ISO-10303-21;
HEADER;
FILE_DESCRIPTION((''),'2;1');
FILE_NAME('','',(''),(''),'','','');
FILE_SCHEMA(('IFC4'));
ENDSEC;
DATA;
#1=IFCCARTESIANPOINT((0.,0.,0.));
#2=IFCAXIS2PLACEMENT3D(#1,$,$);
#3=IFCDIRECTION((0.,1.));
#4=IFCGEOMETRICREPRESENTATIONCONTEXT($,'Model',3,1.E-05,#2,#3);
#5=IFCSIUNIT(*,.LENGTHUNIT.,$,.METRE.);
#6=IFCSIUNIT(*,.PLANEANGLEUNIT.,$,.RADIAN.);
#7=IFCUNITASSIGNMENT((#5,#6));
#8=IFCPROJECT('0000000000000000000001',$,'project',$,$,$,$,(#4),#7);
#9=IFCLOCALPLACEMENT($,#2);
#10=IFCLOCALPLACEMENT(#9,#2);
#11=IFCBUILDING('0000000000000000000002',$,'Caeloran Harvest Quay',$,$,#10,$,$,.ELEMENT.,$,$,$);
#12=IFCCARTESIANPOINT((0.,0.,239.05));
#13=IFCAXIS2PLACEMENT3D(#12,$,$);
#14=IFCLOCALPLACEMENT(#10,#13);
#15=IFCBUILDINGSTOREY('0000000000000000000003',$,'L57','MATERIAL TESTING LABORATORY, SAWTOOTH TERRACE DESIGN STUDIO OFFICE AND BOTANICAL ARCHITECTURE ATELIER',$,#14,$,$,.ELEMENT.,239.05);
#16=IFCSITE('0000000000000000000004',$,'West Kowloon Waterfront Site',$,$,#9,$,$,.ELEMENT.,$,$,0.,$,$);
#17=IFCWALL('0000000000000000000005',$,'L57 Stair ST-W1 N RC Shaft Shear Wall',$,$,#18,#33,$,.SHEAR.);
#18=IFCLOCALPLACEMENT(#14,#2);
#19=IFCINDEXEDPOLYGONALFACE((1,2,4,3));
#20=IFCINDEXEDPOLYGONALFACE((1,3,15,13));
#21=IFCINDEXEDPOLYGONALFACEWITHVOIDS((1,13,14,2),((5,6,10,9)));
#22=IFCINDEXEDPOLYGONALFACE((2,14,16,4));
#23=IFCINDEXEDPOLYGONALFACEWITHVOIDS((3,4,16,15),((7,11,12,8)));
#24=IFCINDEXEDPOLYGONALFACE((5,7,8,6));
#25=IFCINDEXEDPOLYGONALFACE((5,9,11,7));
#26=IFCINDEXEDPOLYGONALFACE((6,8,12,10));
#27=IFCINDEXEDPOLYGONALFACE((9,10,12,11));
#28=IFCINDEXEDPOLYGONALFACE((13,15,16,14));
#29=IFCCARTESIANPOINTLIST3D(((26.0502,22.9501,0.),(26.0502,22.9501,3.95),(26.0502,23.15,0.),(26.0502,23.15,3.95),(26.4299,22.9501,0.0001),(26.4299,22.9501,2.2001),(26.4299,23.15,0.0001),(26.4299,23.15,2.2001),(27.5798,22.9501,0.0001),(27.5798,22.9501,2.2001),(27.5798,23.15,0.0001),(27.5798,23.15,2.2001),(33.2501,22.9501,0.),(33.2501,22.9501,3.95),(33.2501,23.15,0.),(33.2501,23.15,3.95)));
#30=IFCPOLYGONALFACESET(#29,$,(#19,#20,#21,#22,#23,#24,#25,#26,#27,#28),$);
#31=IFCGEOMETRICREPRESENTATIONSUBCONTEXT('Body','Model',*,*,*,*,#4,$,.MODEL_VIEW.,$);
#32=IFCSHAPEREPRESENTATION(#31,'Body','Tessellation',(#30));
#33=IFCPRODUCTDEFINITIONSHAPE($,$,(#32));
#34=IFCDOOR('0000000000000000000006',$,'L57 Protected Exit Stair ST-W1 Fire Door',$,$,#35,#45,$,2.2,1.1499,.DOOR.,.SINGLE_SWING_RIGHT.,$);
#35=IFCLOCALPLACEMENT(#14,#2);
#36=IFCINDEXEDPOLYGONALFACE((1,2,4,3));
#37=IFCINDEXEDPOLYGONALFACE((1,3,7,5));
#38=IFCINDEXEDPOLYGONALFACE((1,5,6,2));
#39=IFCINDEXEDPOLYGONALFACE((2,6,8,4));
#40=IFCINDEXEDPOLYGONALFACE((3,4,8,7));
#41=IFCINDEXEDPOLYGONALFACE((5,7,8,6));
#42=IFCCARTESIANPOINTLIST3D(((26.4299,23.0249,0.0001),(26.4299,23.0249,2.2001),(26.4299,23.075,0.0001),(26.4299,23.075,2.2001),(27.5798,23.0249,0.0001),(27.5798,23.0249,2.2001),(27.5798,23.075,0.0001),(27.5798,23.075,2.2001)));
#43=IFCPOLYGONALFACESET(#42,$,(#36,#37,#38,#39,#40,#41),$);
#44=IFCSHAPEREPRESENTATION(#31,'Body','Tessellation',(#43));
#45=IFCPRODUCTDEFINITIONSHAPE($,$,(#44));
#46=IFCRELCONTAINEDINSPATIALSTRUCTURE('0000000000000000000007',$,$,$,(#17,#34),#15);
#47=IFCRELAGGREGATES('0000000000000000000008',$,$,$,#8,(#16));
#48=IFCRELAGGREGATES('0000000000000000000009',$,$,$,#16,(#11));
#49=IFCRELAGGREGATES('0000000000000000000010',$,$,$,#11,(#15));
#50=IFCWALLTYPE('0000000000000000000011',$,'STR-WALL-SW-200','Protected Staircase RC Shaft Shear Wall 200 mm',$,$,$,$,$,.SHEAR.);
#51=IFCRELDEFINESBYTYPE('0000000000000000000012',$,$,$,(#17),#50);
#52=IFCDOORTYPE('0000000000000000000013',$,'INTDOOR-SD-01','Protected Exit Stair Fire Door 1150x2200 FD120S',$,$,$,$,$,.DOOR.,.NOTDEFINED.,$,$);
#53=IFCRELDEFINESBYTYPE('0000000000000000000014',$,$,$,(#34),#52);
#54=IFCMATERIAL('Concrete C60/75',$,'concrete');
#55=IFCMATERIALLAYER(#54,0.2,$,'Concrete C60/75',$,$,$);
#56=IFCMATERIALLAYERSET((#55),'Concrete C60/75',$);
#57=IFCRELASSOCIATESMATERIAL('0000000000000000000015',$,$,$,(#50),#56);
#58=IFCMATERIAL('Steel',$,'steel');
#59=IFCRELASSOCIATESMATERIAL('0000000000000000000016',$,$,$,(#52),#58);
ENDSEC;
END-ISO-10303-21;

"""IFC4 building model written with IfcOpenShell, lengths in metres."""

from ifc_helpers import new_model, si_unit, direction, frame, frame_2d, origin, place, context, subcontext, project, spatial, rectangle, extrude, material, layer, layer_set, type_object, element, fill, save


model = new_model("IFC4")

# Units and contexts
model_context = context("Model", 3, precision=1e-05, world=origin(), true_north=direction((0.0, 1.0)))
body_context = subcontext(model_context, "Body", "Model", "MODEL_VIEW")
ifc_project = project(units=[si_unit("LENGTHUNIT", "METRE"), si_unit("PLANEANGLEUNIT", "RADIAN")], contexts=[model_context])

# Site, building, storey
site_placement = place(None, origin())
site = spatial("IfcSite", under=ifc_project, at=site_placement, Name="West Kowloon Waterfront Site", CompositionType="ELEMENT", RefElevation=0.0)
building_placement = place(site_placement, origin())
building = spatial("IfcBuilding", under=site, at=building_placement, Name="Caeloran Harvest Quay", CompositionType="ELEMENT")
storey_placement = place(building_placement, frame((0.0, 0.0, 239.05)))
storey = spatial("IfcBuildingStorey", under=building, at=storey_placement, Name="L57", Description="MATERIAL TESTING LABORATORY, SAWTOOTH TERRACE DESIGN STUDIO OFFICE AND BOTANICAL ARCHITECTURE ATELIER", CompositionType="ELEMENT", Elevation=239.05)

# Wall, opening, door
ifc_material_1 = material(Name="Concrete C60/75", Category="concrete")
ifc_layer_1 = layer(ifc_material_1, 0.2, Name="Concrete C60/75")
ifc_layer_set_1 = layer_set([ifc_layer_1], Name="Concrete C60/75")
wall_type_1 = type_object("IfcWallType", Name="STR-WALL-SW-200", Description="Protected Staircase RC Shaft Shear Wall 200 mm", PredefinedType="SHEAR", material=ifc_layer_set_1)
wall_1_placement = place(storey_placement, frame((26.05, 23.05, 0.0), z_axis=(0.0, 0.0, 1.0), x_axis=(1.0, 0.0, 0.0)))
wall_1 = element("IfcWall", 1, at=wall_1_placement, inside=storey, type_object=wall_type_1, Name="L57 Stair ST-W1 N RC Shaft Shear Wall", PredefinedType="SHEAR", context=body_context, shape_type="SweptSolid", body=[
    extrude(rectangle(XDim=7.2, YDim=0.2, at=frame_2d((3.6001, 0.0))), origin(), (0.0, 0.0, 1.0), 3.95),
])
opening_1_placement = place(wall_1_placement, frame((0.3799, 0.0, 0.0)))
opening_1 = element("IfcOpeningElement", 2, at=opening_1_placement, cuts=wall_1, PredefinedType="OPENING", context=body_context, shape_type="SweptSolid", body=[
    extrude(rectangle(XDim=1.1499, YDim=2.2, at=frame_2d((0.575, 1.1001))), frame((0.0, 0.1099, 0.0), z_axis=(0.0, -1.0, 0.0), x_axis=(1.0, 0.0, 0.0)), (0.0, 0.0, 1.0), 0.22),
])
ifc_material_2 = material(Name="Steel", Category="steel")
door_type_1 = type_object("IfcDoorType", Name="INTDOOR-SD-01", Description="Protected Exit Stair Fire Door 1150x2200 FD120S", OperationType="NOTDEFINED", PredefinedType="DOOR", material=ifc_material_2)
door_1_placement = place(opening_1_placement, origin())
door_1 = element("IfcDoor", 3, at=door_1_placement, inside=storey, type_object=door_type_1, Name="L57 Protected Exit Stair ST-W1 Fire Door", OperationType="SINGLE_SWING_RIGHT", OverallHeight=2.2, OverallWidth=1.1499, PredefinedType="DOOR", context=body_context, shape_type="SweptSolid", body=[
    extrude(rectangle(XDim=1.1499, YDim=2.2, at=frame_2d((0.575, 1.1001))), frame((0.0, 0.0249, 0.0), z_axis=(0.0, -1.0, 0.0), x_axis=(1.0, 0.0, 0.0)), (0.0, 0.0, 1.0), 0.05),
])
fill(opening_1, door_1)

save(model, "model.ifc")
